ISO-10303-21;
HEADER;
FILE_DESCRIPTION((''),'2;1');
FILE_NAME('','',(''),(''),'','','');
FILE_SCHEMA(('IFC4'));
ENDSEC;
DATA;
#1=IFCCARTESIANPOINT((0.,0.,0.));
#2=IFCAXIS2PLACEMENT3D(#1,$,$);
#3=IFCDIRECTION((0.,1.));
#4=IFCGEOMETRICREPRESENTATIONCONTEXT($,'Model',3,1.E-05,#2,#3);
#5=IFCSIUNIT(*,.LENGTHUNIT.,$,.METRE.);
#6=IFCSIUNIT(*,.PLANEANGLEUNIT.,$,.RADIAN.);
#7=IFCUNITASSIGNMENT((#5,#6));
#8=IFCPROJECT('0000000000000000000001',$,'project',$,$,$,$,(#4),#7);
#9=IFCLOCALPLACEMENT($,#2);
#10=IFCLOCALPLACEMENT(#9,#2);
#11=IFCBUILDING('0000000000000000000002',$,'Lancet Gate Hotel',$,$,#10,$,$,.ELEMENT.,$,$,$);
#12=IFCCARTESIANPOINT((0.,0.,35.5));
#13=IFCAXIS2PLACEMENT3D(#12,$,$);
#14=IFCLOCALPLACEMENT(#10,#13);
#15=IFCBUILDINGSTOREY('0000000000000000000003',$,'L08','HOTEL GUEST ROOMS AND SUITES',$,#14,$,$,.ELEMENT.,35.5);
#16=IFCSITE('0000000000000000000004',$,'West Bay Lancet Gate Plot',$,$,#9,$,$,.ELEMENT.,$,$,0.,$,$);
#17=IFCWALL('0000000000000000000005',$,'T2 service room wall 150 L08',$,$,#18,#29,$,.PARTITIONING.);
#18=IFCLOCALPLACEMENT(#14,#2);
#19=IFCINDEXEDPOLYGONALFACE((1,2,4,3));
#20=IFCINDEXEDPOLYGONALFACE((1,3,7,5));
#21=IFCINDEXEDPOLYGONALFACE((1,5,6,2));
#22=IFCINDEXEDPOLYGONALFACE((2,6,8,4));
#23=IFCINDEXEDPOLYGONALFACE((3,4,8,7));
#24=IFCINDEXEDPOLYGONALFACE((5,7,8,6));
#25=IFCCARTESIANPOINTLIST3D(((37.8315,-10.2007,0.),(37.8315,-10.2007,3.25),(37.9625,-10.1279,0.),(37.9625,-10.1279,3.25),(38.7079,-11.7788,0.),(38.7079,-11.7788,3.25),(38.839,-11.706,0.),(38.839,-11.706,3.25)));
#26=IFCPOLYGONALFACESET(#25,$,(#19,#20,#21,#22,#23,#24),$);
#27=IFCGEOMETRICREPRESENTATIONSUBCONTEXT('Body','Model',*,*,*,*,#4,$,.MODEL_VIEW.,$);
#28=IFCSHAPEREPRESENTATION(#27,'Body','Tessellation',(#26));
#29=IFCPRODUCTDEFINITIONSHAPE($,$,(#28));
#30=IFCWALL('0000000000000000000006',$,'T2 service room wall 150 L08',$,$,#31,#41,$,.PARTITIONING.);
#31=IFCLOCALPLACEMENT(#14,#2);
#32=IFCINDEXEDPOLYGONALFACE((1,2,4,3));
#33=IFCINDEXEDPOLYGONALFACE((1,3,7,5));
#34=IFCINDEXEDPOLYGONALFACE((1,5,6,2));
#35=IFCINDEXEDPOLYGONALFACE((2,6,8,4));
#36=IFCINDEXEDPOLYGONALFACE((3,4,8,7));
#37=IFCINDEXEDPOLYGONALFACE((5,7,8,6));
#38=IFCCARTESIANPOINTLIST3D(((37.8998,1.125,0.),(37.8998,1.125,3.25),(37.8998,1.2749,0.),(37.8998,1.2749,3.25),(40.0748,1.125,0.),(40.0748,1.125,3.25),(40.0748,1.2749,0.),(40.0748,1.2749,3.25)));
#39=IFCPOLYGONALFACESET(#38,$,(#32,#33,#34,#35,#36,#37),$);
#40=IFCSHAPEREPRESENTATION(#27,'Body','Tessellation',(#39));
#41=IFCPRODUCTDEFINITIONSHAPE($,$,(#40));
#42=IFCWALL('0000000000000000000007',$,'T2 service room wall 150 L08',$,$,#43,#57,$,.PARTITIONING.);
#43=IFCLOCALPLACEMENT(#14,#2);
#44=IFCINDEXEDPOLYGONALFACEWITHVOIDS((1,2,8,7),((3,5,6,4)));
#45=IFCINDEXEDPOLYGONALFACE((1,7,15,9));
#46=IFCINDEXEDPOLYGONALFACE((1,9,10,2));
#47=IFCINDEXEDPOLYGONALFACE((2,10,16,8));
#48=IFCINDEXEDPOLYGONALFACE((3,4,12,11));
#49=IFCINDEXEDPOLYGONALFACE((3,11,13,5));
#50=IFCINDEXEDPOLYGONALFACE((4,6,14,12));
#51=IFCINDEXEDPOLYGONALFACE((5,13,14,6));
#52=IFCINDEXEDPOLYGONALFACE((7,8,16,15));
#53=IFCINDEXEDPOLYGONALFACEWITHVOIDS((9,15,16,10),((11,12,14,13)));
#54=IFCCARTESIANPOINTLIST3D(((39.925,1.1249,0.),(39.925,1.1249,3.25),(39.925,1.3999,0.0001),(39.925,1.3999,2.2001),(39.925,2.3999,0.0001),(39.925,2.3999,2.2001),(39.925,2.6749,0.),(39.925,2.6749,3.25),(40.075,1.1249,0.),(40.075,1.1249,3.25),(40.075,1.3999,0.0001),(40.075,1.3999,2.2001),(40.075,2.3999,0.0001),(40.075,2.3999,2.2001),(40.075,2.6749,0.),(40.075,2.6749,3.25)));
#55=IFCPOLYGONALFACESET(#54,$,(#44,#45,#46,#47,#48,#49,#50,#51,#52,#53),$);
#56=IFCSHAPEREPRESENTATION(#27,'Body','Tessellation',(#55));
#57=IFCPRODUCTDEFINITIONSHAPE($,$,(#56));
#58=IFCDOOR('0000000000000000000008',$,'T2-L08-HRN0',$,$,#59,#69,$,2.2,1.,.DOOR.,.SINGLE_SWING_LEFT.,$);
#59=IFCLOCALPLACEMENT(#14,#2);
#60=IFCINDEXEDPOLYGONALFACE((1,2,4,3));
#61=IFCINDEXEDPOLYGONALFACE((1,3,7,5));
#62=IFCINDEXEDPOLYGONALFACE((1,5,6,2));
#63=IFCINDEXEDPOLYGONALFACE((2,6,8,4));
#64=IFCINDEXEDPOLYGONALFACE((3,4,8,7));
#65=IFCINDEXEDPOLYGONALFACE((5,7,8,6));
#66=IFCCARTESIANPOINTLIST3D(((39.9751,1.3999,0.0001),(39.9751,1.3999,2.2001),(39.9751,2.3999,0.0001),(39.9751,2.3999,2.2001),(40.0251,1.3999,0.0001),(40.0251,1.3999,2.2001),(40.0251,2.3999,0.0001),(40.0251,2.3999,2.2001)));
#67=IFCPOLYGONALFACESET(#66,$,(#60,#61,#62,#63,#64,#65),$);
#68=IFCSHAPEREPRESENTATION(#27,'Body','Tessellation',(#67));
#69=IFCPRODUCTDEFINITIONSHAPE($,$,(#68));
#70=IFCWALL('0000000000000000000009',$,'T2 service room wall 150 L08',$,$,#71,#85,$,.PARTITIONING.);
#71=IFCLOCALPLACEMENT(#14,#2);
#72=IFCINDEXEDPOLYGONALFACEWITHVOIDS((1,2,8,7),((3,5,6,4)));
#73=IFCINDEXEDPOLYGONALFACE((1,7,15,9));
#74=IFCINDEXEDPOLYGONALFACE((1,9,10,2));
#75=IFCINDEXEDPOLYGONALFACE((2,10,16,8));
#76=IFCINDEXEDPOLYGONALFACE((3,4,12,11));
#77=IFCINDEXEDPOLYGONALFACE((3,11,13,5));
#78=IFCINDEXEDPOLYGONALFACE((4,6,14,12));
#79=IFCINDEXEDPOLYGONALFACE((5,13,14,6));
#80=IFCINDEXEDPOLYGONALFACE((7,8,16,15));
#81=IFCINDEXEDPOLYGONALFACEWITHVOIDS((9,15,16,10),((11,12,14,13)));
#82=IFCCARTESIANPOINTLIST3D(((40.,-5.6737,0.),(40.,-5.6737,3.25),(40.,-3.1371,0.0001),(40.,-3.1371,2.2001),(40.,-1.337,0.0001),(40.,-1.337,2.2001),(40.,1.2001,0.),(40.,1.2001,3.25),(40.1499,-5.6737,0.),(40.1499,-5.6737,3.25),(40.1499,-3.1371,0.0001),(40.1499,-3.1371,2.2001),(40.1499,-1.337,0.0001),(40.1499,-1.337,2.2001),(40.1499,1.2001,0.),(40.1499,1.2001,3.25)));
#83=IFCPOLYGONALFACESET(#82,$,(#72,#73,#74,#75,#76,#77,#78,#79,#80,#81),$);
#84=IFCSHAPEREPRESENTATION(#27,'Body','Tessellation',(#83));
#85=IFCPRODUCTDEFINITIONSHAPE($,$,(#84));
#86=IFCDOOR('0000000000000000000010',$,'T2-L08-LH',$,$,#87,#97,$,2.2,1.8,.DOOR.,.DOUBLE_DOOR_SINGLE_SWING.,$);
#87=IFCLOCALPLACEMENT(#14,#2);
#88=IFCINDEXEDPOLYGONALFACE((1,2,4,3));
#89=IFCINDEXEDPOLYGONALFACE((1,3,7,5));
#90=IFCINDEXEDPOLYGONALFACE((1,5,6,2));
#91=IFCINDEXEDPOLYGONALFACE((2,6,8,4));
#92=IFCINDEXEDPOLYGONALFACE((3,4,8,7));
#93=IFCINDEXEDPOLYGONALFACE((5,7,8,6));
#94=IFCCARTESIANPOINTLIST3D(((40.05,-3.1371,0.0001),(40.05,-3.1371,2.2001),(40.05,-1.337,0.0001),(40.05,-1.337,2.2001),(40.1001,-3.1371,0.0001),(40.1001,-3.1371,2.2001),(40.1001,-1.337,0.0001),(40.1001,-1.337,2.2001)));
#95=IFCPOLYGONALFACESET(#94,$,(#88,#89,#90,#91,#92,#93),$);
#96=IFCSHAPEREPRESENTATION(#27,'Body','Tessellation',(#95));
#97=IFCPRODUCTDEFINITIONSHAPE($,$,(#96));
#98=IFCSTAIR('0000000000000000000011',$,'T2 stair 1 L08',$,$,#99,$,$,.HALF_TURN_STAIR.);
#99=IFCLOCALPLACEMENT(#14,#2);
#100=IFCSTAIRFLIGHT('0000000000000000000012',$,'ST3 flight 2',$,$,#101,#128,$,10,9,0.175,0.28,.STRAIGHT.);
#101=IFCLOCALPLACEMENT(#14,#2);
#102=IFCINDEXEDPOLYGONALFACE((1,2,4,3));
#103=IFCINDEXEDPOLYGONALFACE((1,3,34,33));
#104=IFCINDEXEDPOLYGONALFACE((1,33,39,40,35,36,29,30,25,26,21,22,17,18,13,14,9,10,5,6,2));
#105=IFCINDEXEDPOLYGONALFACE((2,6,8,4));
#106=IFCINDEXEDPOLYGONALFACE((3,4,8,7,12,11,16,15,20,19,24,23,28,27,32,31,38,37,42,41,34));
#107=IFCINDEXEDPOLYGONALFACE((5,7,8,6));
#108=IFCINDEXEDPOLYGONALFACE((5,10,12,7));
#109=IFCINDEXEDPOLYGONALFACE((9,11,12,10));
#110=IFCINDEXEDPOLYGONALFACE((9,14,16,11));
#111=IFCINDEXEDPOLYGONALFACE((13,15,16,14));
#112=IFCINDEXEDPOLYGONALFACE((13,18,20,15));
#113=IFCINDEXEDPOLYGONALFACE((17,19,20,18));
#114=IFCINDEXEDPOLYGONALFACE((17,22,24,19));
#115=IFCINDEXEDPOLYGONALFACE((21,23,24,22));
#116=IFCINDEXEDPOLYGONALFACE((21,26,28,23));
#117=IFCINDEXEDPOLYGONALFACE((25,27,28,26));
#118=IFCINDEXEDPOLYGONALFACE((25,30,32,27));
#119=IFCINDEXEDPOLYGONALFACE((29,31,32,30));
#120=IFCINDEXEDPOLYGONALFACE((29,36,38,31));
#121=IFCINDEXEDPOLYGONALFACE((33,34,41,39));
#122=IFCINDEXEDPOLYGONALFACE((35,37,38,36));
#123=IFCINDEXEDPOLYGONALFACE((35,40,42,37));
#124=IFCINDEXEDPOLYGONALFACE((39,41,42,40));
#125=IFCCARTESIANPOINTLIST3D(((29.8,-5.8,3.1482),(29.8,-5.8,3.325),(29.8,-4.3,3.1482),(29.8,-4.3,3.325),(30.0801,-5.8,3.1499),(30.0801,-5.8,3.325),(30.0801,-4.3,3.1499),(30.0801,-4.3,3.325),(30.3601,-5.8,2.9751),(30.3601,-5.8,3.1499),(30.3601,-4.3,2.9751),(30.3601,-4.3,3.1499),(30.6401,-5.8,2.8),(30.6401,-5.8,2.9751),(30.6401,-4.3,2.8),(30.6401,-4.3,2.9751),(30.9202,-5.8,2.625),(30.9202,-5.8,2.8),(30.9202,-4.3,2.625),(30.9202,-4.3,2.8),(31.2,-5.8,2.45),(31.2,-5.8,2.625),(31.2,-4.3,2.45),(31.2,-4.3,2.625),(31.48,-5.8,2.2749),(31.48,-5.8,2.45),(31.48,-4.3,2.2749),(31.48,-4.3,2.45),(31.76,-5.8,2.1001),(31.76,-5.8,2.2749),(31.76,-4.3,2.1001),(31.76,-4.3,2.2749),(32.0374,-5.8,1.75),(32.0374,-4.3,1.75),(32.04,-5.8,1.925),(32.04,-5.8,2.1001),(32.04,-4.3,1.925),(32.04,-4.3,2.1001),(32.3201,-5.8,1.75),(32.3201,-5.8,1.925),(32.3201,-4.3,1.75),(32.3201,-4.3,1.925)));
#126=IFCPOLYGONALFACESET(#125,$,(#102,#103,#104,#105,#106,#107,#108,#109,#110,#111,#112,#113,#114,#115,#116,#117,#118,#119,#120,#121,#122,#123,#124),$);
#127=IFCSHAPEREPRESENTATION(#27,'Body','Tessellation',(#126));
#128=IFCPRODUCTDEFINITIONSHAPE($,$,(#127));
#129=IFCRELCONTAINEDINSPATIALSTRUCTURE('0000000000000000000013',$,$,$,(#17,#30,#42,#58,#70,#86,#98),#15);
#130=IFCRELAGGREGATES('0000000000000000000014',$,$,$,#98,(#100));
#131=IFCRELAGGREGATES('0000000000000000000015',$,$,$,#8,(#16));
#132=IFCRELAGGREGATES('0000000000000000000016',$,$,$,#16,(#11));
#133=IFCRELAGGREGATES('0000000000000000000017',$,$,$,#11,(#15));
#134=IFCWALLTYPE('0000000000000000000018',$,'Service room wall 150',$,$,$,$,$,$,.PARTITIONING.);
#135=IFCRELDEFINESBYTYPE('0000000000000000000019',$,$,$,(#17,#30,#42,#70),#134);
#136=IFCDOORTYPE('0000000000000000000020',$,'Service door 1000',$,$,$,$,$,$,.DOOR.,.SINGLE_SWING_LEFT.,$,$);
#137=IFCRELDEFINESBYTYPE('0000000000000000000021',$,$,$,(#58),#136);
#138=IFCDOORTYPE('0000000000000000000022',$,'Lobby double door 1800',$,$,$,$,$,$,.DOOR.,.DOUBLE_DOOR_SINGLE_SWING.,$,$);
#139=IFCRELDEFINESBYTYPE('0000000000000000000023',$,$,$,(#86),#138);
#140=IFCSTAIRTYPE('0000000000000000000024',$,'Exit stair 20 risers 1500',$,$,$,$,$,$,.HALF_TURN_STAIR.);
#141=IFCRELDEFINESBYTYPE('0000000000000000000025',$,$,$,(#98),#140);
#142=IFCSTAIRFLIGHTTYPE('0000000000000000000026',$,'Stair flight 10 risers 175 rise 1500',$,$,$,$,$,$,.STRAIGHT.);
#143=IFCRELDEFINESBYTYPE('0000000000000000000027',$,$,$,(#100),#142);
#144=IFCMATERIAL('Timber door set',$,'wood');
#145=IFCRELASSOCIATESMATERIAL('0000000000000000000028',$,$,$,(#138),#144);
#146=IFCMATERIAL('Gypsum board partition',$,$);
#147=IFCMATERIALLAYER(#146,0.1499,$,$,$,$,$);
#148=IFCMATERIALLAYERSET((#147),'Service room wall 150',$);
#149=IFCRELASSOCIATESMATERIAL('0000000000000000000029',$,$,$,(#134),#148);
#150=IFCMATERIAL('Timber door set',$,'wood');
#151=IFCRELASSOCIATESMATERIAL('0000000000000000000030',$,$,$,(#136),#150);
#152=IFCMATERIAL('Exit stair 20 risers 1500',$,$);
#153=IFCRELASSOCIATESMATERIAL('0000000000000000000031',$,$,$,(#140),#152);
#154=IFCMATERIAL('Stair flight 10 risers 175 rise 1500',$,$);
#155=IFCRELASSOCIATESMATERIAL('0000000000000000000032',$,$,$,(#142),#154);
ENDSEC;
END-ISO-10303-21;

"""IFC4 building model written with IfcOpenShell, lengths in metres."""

from ifc_helpers import new_model, si_unit, direction, frame, frame_2d, origin, place, context, subcontext, project, spatial, polyline, rectangle, outline, extrude, material, layer, layer_set, type_object, element, fill, aggregate, save


model = new_model("IFC4")

# Units and contexts
model_context = context("Model", 3, precision=1e-05, world=origin(), true_north=direction((0.0, 1.0)))
body_context = subcontext(model_context, "Body", "Model", "MODEL_VIEW")
ifc_project = project(units=[si_unit("LENGTHUNIT", "METRE"), si_unit("PLANEANGLEUNIT", "RADIAN")], contexts=[model_context])

# Site, building, storey
site_placement = place(None, origin())
site = spatial("IfcSite", under=ifc_project, at=site_placement, Name="West Bay Lancet Gate Plot", CompositionType="ELEMENT", RefElevation=0.0)
building_placement = place(site_placement, origin())
building = spatial("IfcBuilding", under=site, at=building_placement, Name="Lancet Gate Hotel", CompositionType="ELEMENT")
storey_placement = place(building_placement, frame((0.0, 0.0, 35.5)))
storey = spatial("IfcBuildingStorey", under=building, at=storey_placement, Name="L08", Description="HOTEL GUEST ROOMS AND SUITES", CompositionType="ELEMENT", Elevation=35.5)

# Shared definitions
ifc_material_1 = material(Name="Timber door set", Category="wood")
door_type_1 = type_object("IfcDoorType", Name="Lobby double door 1800", OperationType="DOUBLE_DOOR_SINGLE_SWING", PredefinedType="DOOR", material=ifc_material_1)

# Walls
ifc_material_2 = material(Name="Gypsum board partition")
ifc_layer_1 = layer(ifc_material_2, 0.1499)
ifc_layer_set_1 = layer_set([ifc_layer_1], Name="Service room wall 150")
wall_type_1 = type_object("IfcWallType", Name="Service room wall 150", PredefinedType="PARTITIONING", material=ifc_layer_set_1)
wall_1_placement = place(storey_placement, frame((38.7734, -11.7424, 0.0), z_axis=(0.0, 0.0, 1.0), x_axis=(-0.485528, 0.874221, 0.0)))
element("IfcWall", 1, at=wall_1_placement, inside=storey, type_object=wall_type_1, Name="T2 service room wall 150 L08", PredefinedType="PARTITIONING", context=body_context, shape_type="SweptSolid", body=[
    extrude(rectangle(XDim=1.8052, YDim=0.1499, at=frame_2d((0.9026, 0.0))), origin(), (0.0, 0.0, 1.0), 3.25),
])
wall_2_placement = place(storey_placement, frame((37.8999, 1.2, 0.0), z_axis=(0.0, 0.0, 1.0), x_axis=(1.0, 0.0, 0.0)))
element("IfcWall", 2, at=wall_2_placement, inside=storey, type_object=wall_type_1, Name="T2 service room wall 150 L08", PredefinedType="PARTITIONING", context=body_context, shape_type="SweptSolid", body=[
    extrude(rectangle(XDim=2.175, YDim=0.1499, at=frame_2d((1.0874, 0.0))), origin(), (0.0, 0.0, 1.0), 3.25),
])

# Walls, openings, doors
wall_3_placement = place(storey_placement, frame((40.0, 1.125, 0.0), z_axis=(0.0, 0.0, 1.0), x_axis=(0.0, 1.0, 0.0)))
wall_3 = element("IfcWall", 3, at=wall_3_placement, inside=storey, type_object=wall_type_1, Name="T2 service room wall 150 L08", PredefinedType="PARTITIONING", context=body_context, shape_type="SweptSolid", body=[
    extrude(rectangle(XDim=1.55, YDim=0.1499, at=frame_2d((0.7749, 0.0))), origin(), (0.0, 0.0, 1.0), 3.25),
])
opening_1_placement = place(wall_3_placement, frame((0.2749, 0.0, 0.0)))
opening_1 = element("IfcOpeningElement", 4, at=opening_1_placement, cuts=wall_3, PredefinedType="OPENING", context=body_context, shape_type="SweptSolid", body=[
    extrude(rectangle(XDim=1.0, YDim=2.2, at=frame_2d((0.5, 1.1001))), frame((0.0, 0.085, 0.0), z_axis=(0.0, -1.0, 0.0), x_axis=(1.0, 0.0, 0.0)), (0.0, 0.0, 1.0), 0.1699),
])
ifc_material_3 = material(Name="Timber door set", Category="wood")
door_type_2 = type_object("IfcDoorType", Name="Service door 1000", OperationType="SINGLE_SWING_LEFT", PredefinedType="DOOR", material=ifc_material_3)
door_1_placement = place(opening_1_placement, origin())
door_1 = element("IfcDoor", 5, at=door_1_placement, inside=storey, type_object=door_type_2, Name="T2-L08-HRN0", OperationType="SINGLE_SWING_LEFT", OverallHeight=2.2, OverallWidth=1.0, PredefinedType="DOOR", context=body_context, shape_type="SweptSolid", body=[
    extrude(rectangle(XDim=1.0, YDim=2.2, at=frame_2d((0.5, 1.1001))), frame((0.0, 0.0249, 0.0), z_axis=(0.0, -1.0, 0.0), x_axis=(1.0, 0.0, 0.0)), (0.0, 0.0, 1.0), 0.05),
])
fill(opening_1, door_1)
wall_4_placement = place(storey_placement, frame((40.075, -5.6738, 0.0), z_axis=(0.0, 0.0, 1.0), x_axis=(0.0, 1.0, 0.0)))
wall_4 = element("IfcWall", 6, at=wall_4_placement, inside=storey, type_object=wall_type_1, Name="T2 service room wall 150 L08", PredefinedType="PARTITIONING", context=body_context, shape_type="SweptSolid", body=[
    extrude(rectangle(XDim=6.8738, YDim=0.1499, at=frame_2d((3.437, 0.0))), origin(), (0.0, 0.0, 1.0), 3.25),
])
opening_2_placement = place(wall_4_placement, frame((2.5369, 0.0, 0.0)))
opening_2 = element("IfcOpeningElement", 7, at=opening_2_placement, cuts=wall_4, PredefinedType="OPENING", context=body_context, shape_type="SweptSolid", body=[
    extrude(rectangle(XDim=1.8, YDim=2.2, at=frame_2d((0.8999, 1.1001))), frame((0.0, 0.085, 0.0), z_axis=(0.0, -1.0, 0.0), x_axis=(1.0, 0.0, 0.0)), (0.0, 0.0, 1.0), 0.1699),
])
door_2_placement = place(opening_2_placement, origin())
door_2 = element("IfcDoor", 8, at=door_2_placement, inside=storey, type_object=door_type_1, Name="T2-L08-LH", OperationType="DOUBLE_DOOR_SINGLE_SWING", OverallHeight=2.2, OverallWidth=1.8, PredefinedType="DOOR", context=body_context, shape_type="SweptSolid", body=[
    extrude(rectangle(XDim=1.8, YDim=2.2, at=frame_2d((0.8999, 1.1001))), frame((0.0, 0.0249, 0.0), z_axis=(0.0, -1.0, 0.0), x_axis=(1.0, 0.0, 0.0)), (0.0, 0.0, 1.0), 0.05),
])
fill(opening_2, door_2)

# Stair, stair flight
ifc_material_4 = material(Name="Exit stair 20 risers 1500")
stair_type = type_object("IfcStairType", Name="Exit stair 20 risers 1500", PredefinedType="HALF_TURN_STAIR", material=ifc_material_4)
stair_placement = place(storey_placement, origin())
stair = element("IfcStair", 9, at=stair_placement, inside=storey, type_object=stair_type, Name="T2 stair 1 L08", PredefinedType="HALF_TURN_STAIR")
ifc_material_5 = material(Name="Stair flight 10 risers 175 rise 1500")
stair_flight_type = type_object("IfcStairFlightType", Name="Stair flight 10 risers 175 rise 1500", PredefinedType="STRAIGHT", material=ifc_material_5)
stair_flight_placement = place(storey_placement, frame((32.3201, -5.05, 1.75), z_axis=(0.0, 0.0, 1.0), x_axis=(-1.0, 0.0, 0.0)))
stair_flight = element("IfcStairFlight", 10, at=stair_flight_placement, type_object=stair_flight_type, Name="ST3 flight 2", NumberOfRisers=10, NumberOfTreads=9, PredefinedType="STRAIGHT", RiserHeight=0.175, TreadLength=0.28, context=body_context, shape_type="SweptSolid", body=[
    extrude(outline(polyline([(0.0, 0.0), (0.0, 0.175), (0.28, 0.175), (0.28, 0.3501), (0.5601, 0.3501), (0.5601, 0.5249), (0.8401, 0.5249), (0.8401, 0.7), (1.1201, 0.7), (1.1201, 0.875), (1.3999, 0.875), (1.3999, 1.05), (1.6799, 1.05), (1.6799, 1.2251), (1.96, 1.2251), (1.96, 1.3999), (2.24, 1.3999), (2.24, 1.575), (2.52, 1.575), (2.52, 1.75), (2.52, 1.3982), (0.2827, 0.0), (0.0, 0.0)])), frame((0.0, 0.75, 0.0), z_axis=(0.0, -1.0, 0.0), x_axis=(1.0, 0.0, 0.0)), (0.0, 0.0, 1.0), 1.5),
])
aggregate(stair, [stair_flight])

save(model, "model.ifc")
